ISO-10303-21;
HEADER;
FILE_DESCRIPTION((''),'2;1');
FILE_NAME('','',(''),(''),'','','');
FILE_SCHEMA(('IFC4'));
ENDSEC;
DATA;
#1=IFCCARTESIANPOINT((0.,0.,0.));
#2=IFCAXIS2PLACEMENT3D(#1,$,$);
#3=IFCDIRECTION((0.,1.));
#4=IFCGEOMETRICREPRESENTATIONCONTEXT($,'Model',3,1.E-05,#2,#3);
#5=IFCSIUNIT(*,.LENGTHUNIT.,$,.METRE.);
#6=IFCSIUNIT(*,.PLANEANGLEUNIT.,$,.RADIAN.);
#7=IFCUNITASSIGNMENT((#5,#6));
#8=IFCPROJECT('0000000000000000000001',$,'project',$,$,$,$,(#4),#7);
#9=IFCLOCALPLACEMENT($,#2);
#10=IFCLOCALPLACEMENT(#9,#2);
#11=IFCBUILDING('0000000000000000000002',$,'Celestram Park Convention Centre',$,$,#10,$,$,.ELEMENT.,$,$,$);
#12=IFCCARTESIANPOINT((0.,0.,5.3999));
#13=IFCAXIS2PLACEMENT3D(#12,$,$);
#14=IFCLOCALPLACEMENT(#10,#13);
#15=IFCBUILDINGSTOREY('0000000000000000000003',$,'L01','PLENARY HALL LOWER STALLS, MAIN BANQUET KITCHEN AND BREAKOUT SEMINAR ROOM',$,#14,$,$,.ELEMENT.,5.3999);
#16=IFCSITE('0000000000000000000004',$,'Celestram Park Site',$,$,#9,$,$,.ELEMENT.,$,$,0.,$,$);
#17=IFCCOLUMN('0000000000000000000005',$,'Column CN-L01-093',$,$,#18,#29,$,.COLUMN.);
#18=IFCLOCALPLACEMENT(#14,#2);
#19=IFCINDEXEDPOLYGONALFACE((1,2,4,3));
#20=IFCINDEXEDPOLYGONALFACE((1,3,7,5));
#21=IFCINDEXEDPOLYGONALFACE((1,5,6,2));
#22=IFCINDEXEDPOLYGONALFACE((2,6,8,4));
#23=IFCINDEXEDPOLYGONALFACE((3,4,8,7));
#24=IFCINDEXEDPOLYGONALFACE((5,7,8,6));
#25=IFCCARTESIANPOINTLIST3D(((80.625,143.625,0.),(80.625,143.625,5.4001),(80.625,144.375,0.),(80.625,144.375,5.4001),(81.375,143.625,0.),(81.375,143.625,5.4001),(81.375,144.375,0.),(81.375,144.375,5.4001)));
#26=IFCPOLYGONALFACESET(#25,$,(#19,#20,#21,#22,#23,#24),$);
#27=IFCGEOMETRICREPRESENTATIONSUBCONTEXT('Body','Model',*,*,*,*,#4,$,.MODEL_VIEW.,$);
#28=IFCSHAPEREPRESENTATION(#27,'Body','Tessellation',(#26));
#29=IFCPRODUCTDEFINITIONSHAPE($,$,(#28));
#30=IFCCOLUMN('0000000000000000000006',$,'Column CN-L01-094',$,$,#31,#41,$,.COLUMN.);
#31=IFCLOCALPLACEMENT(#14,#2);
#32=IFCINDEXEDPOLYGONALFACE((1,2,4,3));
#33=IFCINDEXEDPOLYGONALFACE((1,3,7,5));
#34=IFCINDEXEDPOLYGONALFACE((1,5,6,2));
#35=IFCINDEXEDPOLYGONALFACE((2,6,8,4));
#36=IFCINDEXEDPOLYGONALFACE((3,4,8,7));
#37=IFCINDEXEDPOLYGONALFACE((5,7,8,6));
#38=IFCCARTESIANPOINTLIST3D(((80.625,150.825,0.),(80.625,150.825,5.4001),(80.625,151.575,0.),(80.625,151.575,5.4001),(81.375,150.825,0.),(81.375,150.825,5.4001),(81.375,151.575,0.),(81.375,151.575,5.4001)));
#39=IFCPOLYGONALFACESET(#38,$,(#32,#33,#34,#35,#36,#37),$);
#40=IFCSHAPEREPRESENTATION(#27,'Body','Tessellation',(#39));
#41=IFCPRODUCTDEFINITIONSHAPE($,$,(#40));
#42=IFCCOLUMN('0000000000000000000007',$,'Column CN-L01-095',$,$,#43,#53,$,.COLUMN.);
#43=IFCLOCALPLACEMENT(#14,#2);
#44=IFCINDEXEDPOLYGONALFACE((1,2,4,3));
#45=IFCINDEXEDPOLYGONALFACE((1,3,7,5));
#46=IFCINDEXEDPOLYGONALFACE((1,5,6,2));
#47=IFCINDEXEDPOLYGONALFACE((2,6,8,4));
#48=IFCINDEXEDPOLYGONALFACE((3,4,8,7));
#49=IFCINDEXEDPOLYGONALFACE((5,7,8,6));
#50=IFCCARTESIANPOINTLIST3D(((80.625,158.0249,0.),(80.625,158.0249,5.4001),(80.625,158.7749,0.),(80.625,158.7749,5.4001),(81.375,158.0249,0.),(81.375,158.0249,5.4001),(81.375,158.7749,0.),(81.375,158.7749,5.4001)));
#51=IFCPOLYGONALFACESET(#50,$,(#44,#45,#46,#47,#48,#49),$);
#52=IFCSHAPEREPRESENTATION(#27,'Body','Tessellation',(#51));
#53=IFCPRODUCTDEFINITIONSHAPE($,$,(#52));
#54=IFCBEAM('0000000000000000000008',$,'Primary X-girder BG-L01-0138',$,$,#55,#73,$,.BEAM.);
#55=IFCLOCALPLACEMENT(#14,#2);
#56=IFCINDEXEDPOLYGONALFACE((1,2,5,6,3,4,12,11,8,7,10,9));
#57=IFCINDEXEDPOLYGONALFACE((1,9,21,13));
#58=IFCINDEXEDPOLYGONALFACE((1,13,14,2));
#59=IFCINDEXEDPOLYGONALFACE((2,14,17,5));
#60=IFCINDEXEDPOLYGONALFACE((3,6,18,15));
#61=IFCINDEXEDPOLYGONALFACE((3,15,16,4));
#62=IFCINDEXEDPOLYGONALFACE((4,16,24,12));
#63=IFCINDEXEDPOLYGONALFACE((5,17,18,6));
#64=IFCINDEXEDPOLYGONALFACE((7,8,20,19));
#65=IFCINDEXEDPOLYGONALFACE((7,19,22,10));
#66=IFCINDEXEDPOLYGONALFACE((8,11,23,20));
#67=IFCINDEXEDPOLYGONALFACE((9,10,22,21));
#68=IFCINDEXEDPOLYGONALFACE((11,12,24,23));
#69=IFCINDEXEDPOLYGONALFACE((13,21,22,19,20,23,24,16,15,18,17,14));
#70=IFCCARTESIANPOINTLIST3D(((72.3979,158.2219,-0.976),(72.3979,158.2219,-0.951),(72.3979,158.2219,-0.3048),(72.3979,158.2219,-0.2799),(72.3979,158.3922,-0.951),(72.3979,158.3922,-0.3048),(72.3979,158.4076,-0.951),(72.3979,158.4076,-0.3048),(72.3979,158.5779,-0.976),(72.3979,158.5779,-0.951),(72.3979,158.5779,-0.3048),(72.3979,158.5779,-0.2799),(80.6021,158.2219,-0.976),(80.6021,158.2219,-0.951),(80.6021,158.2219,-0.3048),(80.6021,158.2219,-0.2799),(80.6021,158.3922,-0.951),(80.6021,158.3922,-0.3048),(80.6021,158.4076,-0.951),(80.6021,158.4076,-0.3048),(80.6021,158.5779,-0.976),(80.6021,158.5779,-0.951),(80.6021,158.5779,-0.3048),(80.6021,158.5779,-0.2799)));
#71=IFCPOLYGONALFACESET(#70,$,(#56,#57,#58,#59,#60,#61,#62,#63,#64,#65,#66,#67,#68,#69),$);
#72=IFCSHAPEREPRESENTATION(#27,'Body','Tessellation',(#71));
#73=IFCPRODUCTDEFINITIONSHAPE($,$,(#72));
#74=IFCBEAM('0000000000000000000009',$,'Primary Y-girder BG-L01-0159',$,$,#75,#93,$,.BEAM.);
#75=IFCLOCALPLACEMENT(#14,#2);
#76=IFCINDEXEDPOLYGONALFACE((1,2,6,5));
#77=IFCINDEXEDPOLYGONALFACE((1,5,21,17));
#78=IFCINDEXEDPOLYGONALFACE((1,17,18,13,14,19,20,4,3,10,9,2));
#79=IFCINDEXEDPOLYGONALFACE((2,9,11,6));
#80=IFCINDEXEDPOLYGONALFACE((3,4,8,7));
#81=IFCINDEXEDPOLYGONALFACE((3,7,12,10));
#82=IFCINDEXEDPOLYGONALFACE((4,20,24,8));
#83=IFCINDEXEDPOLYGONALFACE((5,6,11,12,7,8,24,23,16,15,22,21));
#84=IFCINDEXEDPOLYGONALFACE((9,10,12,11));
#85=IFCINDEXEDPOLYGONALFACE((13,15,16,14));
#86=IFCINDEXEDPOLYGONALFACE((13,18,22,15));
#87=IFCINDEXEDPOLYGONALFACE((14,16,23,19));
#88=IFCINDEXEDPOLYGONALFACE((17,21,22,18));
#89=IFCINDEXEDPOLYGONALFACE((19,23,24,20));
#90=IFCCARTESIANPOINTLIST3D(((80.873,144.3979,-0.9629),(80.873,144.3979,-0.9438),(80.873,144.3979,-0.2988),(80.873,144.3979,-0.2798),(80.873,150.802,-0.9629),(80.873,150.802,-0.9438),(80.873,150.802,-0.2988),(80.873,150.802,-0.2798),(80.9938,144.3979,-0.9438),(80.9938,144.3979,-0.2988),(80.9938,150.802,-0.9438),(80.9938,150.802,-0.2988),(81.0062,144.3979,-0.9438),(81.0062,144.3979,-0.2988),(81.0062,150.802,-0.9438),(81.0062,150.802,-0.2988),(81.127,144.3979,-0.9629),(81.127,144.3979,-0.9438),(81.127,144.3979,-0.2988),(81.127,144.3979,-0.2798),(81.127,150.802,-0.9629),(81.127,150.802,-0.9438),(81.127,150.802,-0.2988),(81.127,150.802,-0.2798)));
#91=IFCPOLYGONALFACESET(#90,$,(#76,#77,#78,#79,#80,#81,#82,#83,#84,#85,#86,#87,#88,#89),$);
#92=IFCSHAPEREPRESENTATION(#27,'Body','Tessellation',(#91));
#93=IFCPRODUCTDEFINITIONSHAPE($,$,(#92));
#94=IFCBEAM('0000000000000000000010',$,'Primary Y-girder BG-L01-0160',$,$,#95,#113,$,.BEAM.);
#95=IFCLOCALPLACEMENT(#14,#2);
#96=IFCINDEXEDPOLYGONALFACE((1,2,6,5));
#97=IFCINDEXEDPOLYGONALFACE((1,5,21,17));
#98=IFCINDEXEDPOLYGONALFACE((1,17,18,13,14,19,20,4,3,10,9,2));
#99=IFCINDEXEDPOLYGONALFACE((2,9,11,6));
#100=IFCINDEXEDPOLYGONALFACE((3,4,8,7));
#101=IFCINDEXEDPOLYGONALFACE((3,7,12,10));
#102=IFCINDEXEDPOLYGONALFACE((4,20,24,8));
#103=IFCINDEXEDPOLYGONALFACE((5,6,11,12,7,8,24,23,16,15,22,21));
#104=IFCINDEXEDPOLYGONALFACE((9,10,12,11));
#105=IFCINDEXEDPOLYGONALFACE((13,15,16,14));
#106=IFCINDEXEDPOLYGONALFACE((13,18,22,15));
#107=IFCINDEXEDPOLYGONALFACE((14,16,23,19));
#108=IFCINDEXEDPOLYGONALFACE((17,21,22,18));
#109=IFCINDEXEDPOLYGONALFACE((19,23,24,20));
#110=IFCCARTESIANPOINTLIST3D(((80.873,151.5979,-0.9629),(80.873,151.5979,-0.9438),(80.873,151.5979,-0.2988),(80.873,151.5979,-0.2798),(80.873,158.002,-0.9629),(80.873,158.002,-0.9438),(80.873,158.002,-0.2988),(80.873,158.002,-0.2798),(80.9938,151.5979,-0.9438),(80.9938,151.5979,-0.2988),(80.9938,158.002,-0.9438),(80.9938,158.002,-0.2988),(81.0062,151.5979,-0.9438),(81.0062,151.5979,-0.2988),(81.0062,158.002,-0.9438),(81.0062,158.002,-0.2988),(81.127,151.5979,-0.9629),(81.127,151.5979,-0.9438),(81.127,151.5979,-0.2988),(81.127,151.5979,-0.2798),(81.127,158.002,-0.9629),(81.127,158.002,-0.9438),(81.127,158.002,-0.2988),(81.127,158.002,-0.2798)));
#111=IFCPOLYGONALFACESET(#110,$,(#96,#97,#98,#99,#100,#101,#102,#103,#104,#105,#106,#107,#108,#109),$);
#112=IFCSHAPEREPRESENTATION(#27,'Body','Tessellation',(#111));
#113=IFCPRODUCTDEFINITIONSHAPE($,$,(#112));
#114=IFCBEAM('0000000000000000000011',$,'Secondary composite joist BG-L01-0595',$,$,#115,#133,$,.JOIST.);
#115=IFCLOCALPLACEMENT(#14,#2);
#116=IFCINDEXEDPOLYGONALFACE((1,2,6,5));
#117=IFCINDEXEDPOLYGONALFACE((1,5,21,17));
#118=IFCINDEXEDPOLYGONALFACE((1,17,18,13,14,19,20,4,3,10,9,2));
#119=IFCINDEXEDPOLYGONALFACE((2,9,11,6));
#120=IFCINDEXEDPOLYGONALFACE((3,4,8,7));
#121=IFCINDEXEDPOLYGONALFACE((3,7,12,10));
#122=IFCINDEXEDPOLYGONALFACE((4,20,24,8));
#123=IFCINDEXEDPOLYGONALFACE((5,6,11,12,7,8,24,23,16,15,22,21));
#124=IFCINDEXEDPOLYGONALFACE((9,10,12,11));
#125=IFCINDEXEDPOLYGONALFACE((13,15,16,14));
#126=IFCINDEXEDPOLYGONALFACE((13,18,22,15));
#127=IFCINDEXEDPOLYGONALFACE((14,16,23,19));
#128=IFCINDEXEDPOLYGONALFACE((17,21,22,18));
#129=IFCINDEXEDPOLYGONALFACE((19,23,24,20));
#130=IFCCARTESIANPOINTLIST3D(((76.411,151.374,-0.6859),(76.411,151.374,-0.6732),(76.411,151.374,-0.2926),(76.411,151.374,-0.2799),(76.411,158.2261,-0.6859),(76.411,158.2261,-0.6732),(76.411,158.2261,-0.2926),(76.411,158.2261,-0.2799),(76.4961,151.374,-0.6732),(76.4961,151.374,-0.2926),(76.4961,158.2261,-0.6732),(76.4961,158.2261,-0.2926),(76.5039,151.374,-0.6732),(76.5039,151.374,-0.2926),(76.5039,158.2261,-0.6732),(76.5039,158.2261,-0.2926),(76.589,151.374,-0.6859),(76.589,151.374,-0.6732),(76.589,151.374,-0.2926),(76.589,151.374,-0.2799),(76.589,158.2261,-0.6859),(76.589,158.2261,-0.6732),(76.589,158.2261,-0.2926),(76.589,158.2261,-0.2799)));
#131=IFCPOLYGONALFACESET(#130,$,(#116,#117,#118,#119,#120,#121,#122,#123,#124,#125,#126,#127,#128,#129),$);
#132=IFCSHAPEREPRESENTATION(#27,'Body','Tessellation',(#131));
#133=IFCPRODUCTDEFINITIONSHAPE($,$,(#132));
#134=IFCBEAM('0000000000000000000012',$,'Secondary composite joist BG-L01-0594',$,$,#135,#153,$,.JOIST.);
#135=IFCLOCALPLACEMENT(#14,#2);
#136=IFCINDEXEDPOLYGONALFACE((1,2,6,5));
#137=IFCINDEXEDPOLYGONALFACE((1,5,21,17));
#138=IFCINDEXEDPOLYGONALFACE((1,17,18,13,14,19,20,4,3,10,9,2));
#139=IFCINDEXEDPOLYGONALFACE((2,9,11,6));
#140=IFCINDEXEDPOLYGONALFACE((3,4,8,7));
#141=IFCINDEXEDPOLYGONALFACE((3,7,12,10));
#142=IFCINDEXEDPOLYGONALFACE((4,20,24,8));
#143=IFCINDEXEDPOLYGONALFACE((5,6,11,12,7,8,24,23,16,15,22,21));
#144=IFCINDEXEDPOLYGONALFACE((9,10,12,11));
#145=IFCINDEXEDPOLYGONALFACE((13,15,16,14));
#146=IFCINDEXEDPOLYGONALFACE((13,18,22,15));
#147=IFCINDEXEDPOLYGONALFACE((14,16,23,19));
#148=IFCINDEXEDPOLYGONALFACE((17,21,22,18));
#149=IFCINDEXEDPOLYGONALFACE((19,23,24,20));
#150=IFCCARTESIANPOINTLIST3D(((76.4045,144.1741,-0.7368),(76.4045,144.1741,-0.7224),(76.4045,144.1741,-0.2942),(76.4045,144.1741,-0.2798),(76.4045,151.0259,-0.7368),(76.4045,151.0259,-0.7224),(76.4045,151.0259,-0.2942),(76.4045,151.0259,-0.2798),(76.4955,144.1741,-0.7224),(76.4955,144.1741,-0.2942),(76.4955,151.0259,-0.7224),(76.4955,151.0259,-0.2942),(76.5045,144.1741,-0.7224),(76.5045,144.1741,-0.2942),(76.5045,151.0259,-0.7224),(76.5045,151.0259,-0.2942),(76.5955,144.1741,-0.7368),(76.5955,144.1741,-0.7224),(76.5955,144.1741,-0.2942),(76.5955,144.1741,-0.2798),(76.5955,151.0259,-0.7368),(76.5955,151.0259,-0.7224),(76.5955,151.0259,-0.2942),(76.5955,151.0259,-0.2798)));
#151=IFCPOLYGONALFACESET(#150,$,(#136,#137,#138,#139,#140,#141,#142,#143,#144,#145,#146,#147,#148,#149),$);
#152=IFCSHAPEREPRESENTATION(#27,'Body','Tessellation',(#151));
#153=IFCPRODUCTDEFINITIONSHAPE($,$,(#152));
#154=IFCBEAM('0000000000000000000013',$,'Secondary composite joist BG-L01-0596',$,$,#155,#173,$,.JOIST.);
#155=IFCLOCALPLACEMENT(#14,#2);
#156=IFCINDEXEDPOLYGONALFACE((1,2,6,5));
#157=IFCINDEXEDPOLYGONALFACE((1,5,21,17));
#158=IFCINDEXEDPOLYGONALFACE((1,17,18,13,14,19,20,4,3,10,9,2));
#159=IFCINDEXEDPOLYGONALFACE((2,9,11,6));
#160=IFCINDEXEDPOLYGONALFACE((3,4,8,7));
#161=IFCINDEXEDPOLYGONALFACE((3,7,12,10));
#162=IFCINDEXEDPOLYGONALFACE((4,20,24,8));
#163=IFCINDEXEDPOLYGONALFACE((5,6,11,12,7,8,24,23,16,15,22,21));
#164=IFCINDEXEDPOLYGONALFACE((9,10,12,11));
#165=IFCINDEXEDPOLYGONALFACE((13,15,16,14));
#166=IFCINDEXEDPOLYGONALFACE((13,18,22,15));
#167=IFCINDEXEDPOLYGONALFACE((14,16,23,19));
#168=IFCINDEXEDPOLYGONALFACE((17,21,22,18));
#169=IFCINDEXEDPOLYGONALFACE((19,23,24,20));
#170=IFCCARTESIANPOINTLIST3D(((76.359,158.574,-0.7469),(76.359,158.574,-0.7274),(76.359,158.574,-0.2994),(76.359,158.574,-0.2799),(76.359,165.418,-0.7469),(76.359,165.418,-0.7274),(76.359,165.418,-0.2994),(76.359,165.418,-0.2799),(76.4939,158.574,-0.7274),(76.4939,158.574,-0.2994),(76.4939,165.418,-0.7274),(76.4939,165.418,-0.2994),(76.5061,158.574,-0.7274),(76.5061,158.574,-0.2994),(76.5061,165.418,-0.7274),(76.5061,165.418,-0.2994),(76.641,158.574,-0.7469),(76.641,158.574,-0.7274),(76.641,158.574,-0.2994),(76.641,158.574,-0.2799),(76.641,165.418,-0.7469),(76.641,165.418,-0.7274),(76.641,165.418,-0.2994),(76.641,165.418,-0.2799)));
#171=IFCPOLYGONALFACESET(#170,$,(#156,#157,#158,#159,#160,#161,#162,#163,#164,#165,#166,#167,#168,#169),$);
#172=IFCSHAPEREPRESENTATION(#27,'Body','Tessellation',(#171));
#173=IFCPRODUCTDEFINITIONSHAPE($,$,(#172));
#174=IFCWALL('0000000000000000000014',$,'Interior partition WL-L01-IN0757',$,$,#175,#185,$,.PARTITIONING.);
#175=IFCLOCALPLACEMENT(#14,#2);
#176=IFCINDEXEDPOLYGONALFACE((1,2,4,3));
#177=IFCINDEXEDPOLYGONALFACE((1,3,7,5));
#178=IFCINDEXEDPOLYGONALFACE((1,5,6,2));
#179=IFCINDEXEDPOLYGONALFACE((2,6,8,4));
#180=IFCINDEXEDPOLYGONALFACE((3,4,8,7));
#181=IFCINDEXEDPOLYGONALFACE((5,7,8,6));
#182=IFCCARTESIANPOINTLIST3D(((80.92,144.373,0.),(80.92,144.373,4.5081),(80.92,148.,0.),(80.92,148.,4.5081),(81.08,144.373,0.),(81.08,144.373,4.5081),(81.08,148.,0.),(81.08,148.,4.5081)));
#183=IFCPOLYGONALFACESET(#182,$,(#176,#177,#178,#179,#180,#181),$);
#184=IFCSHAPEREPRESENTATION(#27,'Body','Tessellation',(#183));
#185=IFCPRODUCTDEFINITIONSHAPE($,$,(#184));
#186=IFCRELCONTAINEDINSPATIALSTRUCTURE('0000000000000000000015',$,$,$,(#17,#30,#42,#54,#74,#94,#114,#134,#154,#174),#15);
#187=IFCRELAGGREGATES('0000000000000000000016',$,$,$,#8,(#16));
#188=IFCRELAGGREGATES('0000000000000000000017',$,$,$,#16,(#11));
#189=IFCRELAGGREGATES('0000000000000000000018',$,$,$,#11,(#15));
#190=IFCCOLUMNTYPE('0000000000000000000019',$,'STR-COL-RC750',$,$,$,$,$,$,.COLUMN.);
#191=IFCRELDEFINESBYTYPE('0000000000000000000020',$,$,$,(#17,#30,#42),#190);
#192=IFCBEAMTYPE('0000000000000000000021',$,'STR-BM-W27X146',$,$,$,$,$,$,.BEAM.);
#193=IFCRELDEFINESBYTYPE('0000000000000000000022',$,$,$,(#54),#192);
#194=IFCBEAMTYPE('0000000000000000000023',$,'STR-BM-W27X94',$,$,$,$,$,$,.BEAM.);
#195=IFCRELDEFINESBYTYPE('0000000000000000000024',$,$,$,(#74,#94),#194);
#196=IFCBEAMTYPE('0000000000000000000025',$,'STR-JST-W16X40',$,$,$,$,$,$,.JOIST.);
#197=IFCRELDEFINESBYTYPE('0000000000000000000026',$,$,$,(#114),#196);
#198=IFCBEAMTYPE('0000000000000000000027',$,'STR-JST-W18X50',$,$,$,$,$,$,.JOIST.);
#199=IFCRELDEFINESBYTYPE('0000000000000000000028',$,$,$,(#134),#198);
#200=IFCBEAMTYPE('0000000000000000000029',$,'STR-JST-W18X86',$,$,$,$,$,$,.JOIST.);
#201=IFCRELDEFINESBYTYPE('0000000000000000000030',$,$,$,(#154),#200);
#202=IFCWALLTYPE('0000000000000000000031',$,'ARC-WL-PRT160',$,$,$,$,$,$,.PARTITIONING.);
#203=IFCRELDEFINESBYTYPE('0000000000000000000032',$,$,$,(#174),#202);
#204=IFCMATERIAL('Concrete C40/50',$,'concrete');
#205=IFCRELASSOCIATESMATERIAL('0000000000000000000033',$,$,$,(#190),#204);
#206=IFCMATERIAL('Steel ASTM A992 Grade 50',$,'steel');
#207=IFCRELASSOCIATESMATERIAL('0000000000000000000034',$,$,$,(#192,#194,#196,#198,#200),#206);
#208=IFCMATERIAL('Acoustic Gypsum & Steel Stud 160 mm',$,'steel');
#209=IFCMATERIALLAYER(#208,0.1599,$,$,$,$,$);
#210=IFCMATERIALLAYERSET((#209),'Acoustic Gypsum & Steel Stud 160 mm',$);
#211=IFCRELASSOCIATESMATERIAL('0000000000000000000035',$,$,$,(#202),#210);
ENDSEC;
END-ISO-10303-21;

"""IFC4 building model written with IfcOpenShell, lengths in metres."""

from ifc_helpers import new_model, si_unit, direction, frame, frame_2d, origin, origin_2d, place, context, subcontext, project, spatial, rectangle, i_section, extrude, material, layer, layer_set, material_profile, profile_set, type_object, element, save


model = new_model("IFC4")

# Units and contexts
model_context = context("Model", 3, precision=1e-05, world=origin(), true_north=direction((0.0, 1.0)))
body_context = subcontext(model_context, "Body", "Model", "MODEL_VIEW")
ifc_project = project(units=[si_unit("LENGTHUNIT", "METRE"), si_unit("PLANEANGLEUNIT", "RADIAN")], contexts=[model_context])

# Site, building, storey
site_placement = place(None, origin())
site = spatial("IfcSite", under=ifc_project, at=site_placement, Name="Celestram Park Site", CompositionType="ELEMENT", RefElevation=0.0)
building_placement = place(site_placement, origin())
building = spatial("IfcBuilding", under=site, at=building_placement, Name="Celestram Park Convention Centre", CompositionType="ELEMENT")
storey_placement = place(building_placement, frame((0.0, 0.0, 5.3999)))
storey = spatial("IfcBuildingStorey", under=building, at=storey_placement, Name="L01", Description="PLENARY HALL LOWER STALLS, MAIN BANQUET KITCHEN AND BREAKOUT SEMINAR ROOM", CompositionType="ELEMENT", Elevation=5.3999)

# Columns
ifc_material_1 = material(Name="Concrete C40/50", Category="concrete")
ifc_material_profile_1 = material_profile(ifc_material_1, rectangle(XDim=0.75, YDim=0.75, at=origin_2d()), Name="RC750X750")
ifc_profile_set_1 = profile_set([ifc_material_profile_1], Name="Concrete C40/50")
column_type = type_object("IfcColumnType", Name="STR-COL-RC750", PredefinedType="COLUMN", material=ifc_profile_set_1)
for number, where, z_axis, x_axis, name in (
    (1, (81.0, 144.0, 0.0), (0.0, 0.0, 1.0), (1.0, 0.0, 0.0), "Column CN-L01-093"),
    (2, (81.0, 151.2, 0.0), (0.0, 0.0, 1.0), (1.0, 0.0, 0.0), "Column CN-L01-094"),
    (3, (81.0, 158.3999, 0.0), (0.0, 0.0, 1.0), (1.0, 0.0, 0.0), "Column CN-L01-095"),
):
    element("IfcColumn", number, at=place(storey_placement, frame(where, z_axis=z_axis, x_axis=x_axis)), inside=storey, type_object=column_type, Name=name, PredefinedType="COLUMN", context=body_context, shape_type="SweptSolid", body=[
        extrude(rectangle(XDim=0.75, YDim=0.75, at=origin_2d()), origin(), (0.0, 0.0, 1.0), 5.4001),
    ])

# Beams
ifc_material_2 = material(Name="Steel ASTM A992 Grade 50", Category="steel")
ifc_material_profile_2 = material_profile(ifc_material_2, i_section(OverallWidth=0.356, OverallDepth=0.696, WebThickness=0.0154, FlangeThickness=0.0249, at=origin_2d()), Name="W27X146")
ifc_profile_set_2 = profile_set([ifc_material_profile_2], Name="Steel ASTM A992 Grade 50")
beam_type_1 = type_object("IfcBeamType", Name="STR-BM-W27X146", PredefinedType="BEAM", material=ifc_profile_set_2)
beam_1_placement = place(storey_placement, frame((72.3979, 158.3999, -0.6279), z_axis=(1.0, 0.0, 0.0), x_axis=(0.0, 1.0, 0.0)))
element("IfcBeam", 4, at=beam_1_placement, inside=storey, type_object=beam_type_1, Name="Primary X-girder BG-L01-0138", PredefinedType="BEAM", context=body_context, shape_type="SweptSolid", body=[
    extrude(i_section(OverallWidth=0.356, OverallDepth=0.696, WebThickness=0.0154, FlangeThickness=0.0249, at=origin_2d()), origin(), (0.0, 0.0, 1.0), 8.2041),
])
ifc_material_profile_3 = material_profile(ifc_material_2, i_section(OverallWidth=0.2539, OverallDepth=0.6831, WebThickness=0.0125, FlangeThickness=0.019, at=origin_2d()), Name="W27X94")
ifc_profile_set_3 = profile_set([ifc_material_profile_3], Name="Steel ASTM A992 Grade 50")
beam_type_2 = type_object("IfcBeamType", Name="STR-BM-W27X94", PredefinedType="BEAM", material=ifc_profile_set_3)
for number, where, z_axis, x_axis, name in (
    (5, (81.0, 144.3979, -0.6213), (0.0, 1.0, 0.0), (-1.0, 0.0, 0.0), "Primary Y-girder BG-L01-0159"),
    (6, (81.0, 151.5979, -0.6213), (0.0, 1.0, 0.0), (-1.0, 0.0, 0.0), "Primary Y-girder BG-L01-0160"),
):
    element("IfcBeam", number, at=place(storey_placement, frame(where, z_axis=z_axis, x_axis=x_axis)), inside=storey, type_object=beam_type_2, Name=name, PredefinedType="BEAM", context=body_context, shape_type="SweptSolid", body=[
        extrude(i_section(OverallWidth=0.2539, OverallDepth=0.6831, WebThickness=0.0125, FlangeThickness=0.019, at=origin_2d()), origin(), (0.0, 0.0, 1.0), 6.4041),
    ])
ifc_material_profile_4 = material_profile(ifc_material_2, i_section(OverallWidth=0.178, OverallDepth=0.406, WebThickness=0.0078, FlangeThickness=0.0127, at=origin_2d()), Name="W16X40")
ifc_profile_set_4 = profile_set([ifc_material_profile_4], Name="Steel ASTM A992 Grade 50")
beam_type_3 = type_object("IfcBeamType", Name="STR-JST-W16X40", PredefinedType="JOIST", material=ifc_profile_set_4)
beam_2_placement = place(storey_placement, frame((76.5, 151.374, -0.4829), z_axis=(0.0, 1.0, 0.0), x_axis=(-1.0, 0.0, 0.0)))
element("IfcBeam", 7, at=beam_2_placement, inside=storey, type_object=beam_type_3, Name="Secondary composite joist BG-L01-0595", PredefinedType="JOIST", context=body_context, shape_type="SweptSolid", body=[
    extrude(i_section(OverallWidth=0.178, OverallDepth=0.406, WebThickness=0.0078, FlangeThickness=0.0127, at=origin_2d()), origin(), (0.0, 0.0, 1.0), 6.8521),
])
ifc_material_profile_5 = material_profile(ifc_material_2, i_section(OverallWidth=0.1909, OverallDepth=0.457, WebThickness=0.009, FlangeThickness=0.0144, at=origin_2d()), Name="W18X50")
ifc_profile_set_5 = profile_set([ifc_material_profile_5], Name="Steel ASTM A992 Grade 50")
beam_type_4 = type_object("IfcBeamType", Name="STR-JST-W18X50", PredefinedType="JOIST", material=ifc_profile_set_5)
beam_3_placement = place(storey_placement, frame((76.5, 144.1741, -0.5083), z_axis=(0.0, 1.0, 0.0), x_axis=(-1.0, 0.0, 0.0)))
element("IfcBeam", 8, at=beam_3_placement, inside=storey, type_object=beam_type_4, Name="Secondary composite joist BG-L01-0594", PredefinedType="JOIST", context=body_context, shape_type="SweptSolid", body=[
    extrude(i_section(OverallWidth=0.1909, OverallDepth=0.457, WebThickness=0.009, FlangeThickness=0.0144, at=origin_2d()), origin(), (0.0, 0.0, 1.0), 6.8518),
])
ifc_material_profile_6 = material_profile(ifc_material_2, i_section(OverallWidth=0.282, OverallDepth=0.467, WebThickness=0.0122, FlangeThickness=0.0195, at=origin_2d()), Name="W18X86")
ifc_profile_set_6 = profile_set([ifc_material_profile_6], Name="Steel ASTM A992 Grade 50")
beam_type_5 = type_object("IfcBeamType", Name="STR-JST-W18X86", PredefinedType="JOIST", material=ifc_profile_set_6)
beam_4_placement = place(storey_placement, frame((76.5, 158.574, -0.5134), z_axis=(0.0, 1.0, 0.0), x_axis=(-1.0, 0.0, 0.0)))
element("IfcBeam", 9, at=beam_4_placement, inside=storey, type_object=beam_type_5, Name="Secondary composite joist BG-L01-0596", PredefinedType="JOIST", context=body_context, shape_type="SweptSolid", body=[
    extrude(i_section(OverallWidth=0.282, OverallDepth=0.467, WebThickness=0.0122, FlangeThickness=0.0195, at=origin_2d()), origin(), (0.0, 0.0, 1.0), 6.844),
])

# Wall
ifc_material_3 = material(Name="Acoustic Gypsum & Steel Stud 160 mm", Category="steel")
ifc_layer_1 = layer(ifc_material_3, 0.1599)
ifc_layer_set_1 = layer_set([ifc_layer_1], Name="Acoustic Gypsum & Steel Stud 160 mm")
wall_type_1 = type_object("IfcWallType", Name="ARC-WL-PRT160", PredefinedType="PARTITIONING", material=ifc_layer_set_1)
wall_1_placement = place(storey_placement, frame((81.0, 144.373, 0.0), z_axis=(0.0, 0.0, 1.0), x_axis=(0.0, 1.0, 0.0)))
element("IfcWall", 10, at=wall_1_placement, inside=storey, type_object=wall_type_1, Name="Interior partition WL-L01-IN0757", PredefinedType="PARTITIONING", context=body_context, shape_type="SweptSolid", body=[
    extrude(rectangle(XDim=3.627, YDim=0.1599, at=frame_2d((1.8135, 0.0))), origin(), (0.0, 0.0, 1.0), 4.5081),
])

save(model, "model.ifc")
